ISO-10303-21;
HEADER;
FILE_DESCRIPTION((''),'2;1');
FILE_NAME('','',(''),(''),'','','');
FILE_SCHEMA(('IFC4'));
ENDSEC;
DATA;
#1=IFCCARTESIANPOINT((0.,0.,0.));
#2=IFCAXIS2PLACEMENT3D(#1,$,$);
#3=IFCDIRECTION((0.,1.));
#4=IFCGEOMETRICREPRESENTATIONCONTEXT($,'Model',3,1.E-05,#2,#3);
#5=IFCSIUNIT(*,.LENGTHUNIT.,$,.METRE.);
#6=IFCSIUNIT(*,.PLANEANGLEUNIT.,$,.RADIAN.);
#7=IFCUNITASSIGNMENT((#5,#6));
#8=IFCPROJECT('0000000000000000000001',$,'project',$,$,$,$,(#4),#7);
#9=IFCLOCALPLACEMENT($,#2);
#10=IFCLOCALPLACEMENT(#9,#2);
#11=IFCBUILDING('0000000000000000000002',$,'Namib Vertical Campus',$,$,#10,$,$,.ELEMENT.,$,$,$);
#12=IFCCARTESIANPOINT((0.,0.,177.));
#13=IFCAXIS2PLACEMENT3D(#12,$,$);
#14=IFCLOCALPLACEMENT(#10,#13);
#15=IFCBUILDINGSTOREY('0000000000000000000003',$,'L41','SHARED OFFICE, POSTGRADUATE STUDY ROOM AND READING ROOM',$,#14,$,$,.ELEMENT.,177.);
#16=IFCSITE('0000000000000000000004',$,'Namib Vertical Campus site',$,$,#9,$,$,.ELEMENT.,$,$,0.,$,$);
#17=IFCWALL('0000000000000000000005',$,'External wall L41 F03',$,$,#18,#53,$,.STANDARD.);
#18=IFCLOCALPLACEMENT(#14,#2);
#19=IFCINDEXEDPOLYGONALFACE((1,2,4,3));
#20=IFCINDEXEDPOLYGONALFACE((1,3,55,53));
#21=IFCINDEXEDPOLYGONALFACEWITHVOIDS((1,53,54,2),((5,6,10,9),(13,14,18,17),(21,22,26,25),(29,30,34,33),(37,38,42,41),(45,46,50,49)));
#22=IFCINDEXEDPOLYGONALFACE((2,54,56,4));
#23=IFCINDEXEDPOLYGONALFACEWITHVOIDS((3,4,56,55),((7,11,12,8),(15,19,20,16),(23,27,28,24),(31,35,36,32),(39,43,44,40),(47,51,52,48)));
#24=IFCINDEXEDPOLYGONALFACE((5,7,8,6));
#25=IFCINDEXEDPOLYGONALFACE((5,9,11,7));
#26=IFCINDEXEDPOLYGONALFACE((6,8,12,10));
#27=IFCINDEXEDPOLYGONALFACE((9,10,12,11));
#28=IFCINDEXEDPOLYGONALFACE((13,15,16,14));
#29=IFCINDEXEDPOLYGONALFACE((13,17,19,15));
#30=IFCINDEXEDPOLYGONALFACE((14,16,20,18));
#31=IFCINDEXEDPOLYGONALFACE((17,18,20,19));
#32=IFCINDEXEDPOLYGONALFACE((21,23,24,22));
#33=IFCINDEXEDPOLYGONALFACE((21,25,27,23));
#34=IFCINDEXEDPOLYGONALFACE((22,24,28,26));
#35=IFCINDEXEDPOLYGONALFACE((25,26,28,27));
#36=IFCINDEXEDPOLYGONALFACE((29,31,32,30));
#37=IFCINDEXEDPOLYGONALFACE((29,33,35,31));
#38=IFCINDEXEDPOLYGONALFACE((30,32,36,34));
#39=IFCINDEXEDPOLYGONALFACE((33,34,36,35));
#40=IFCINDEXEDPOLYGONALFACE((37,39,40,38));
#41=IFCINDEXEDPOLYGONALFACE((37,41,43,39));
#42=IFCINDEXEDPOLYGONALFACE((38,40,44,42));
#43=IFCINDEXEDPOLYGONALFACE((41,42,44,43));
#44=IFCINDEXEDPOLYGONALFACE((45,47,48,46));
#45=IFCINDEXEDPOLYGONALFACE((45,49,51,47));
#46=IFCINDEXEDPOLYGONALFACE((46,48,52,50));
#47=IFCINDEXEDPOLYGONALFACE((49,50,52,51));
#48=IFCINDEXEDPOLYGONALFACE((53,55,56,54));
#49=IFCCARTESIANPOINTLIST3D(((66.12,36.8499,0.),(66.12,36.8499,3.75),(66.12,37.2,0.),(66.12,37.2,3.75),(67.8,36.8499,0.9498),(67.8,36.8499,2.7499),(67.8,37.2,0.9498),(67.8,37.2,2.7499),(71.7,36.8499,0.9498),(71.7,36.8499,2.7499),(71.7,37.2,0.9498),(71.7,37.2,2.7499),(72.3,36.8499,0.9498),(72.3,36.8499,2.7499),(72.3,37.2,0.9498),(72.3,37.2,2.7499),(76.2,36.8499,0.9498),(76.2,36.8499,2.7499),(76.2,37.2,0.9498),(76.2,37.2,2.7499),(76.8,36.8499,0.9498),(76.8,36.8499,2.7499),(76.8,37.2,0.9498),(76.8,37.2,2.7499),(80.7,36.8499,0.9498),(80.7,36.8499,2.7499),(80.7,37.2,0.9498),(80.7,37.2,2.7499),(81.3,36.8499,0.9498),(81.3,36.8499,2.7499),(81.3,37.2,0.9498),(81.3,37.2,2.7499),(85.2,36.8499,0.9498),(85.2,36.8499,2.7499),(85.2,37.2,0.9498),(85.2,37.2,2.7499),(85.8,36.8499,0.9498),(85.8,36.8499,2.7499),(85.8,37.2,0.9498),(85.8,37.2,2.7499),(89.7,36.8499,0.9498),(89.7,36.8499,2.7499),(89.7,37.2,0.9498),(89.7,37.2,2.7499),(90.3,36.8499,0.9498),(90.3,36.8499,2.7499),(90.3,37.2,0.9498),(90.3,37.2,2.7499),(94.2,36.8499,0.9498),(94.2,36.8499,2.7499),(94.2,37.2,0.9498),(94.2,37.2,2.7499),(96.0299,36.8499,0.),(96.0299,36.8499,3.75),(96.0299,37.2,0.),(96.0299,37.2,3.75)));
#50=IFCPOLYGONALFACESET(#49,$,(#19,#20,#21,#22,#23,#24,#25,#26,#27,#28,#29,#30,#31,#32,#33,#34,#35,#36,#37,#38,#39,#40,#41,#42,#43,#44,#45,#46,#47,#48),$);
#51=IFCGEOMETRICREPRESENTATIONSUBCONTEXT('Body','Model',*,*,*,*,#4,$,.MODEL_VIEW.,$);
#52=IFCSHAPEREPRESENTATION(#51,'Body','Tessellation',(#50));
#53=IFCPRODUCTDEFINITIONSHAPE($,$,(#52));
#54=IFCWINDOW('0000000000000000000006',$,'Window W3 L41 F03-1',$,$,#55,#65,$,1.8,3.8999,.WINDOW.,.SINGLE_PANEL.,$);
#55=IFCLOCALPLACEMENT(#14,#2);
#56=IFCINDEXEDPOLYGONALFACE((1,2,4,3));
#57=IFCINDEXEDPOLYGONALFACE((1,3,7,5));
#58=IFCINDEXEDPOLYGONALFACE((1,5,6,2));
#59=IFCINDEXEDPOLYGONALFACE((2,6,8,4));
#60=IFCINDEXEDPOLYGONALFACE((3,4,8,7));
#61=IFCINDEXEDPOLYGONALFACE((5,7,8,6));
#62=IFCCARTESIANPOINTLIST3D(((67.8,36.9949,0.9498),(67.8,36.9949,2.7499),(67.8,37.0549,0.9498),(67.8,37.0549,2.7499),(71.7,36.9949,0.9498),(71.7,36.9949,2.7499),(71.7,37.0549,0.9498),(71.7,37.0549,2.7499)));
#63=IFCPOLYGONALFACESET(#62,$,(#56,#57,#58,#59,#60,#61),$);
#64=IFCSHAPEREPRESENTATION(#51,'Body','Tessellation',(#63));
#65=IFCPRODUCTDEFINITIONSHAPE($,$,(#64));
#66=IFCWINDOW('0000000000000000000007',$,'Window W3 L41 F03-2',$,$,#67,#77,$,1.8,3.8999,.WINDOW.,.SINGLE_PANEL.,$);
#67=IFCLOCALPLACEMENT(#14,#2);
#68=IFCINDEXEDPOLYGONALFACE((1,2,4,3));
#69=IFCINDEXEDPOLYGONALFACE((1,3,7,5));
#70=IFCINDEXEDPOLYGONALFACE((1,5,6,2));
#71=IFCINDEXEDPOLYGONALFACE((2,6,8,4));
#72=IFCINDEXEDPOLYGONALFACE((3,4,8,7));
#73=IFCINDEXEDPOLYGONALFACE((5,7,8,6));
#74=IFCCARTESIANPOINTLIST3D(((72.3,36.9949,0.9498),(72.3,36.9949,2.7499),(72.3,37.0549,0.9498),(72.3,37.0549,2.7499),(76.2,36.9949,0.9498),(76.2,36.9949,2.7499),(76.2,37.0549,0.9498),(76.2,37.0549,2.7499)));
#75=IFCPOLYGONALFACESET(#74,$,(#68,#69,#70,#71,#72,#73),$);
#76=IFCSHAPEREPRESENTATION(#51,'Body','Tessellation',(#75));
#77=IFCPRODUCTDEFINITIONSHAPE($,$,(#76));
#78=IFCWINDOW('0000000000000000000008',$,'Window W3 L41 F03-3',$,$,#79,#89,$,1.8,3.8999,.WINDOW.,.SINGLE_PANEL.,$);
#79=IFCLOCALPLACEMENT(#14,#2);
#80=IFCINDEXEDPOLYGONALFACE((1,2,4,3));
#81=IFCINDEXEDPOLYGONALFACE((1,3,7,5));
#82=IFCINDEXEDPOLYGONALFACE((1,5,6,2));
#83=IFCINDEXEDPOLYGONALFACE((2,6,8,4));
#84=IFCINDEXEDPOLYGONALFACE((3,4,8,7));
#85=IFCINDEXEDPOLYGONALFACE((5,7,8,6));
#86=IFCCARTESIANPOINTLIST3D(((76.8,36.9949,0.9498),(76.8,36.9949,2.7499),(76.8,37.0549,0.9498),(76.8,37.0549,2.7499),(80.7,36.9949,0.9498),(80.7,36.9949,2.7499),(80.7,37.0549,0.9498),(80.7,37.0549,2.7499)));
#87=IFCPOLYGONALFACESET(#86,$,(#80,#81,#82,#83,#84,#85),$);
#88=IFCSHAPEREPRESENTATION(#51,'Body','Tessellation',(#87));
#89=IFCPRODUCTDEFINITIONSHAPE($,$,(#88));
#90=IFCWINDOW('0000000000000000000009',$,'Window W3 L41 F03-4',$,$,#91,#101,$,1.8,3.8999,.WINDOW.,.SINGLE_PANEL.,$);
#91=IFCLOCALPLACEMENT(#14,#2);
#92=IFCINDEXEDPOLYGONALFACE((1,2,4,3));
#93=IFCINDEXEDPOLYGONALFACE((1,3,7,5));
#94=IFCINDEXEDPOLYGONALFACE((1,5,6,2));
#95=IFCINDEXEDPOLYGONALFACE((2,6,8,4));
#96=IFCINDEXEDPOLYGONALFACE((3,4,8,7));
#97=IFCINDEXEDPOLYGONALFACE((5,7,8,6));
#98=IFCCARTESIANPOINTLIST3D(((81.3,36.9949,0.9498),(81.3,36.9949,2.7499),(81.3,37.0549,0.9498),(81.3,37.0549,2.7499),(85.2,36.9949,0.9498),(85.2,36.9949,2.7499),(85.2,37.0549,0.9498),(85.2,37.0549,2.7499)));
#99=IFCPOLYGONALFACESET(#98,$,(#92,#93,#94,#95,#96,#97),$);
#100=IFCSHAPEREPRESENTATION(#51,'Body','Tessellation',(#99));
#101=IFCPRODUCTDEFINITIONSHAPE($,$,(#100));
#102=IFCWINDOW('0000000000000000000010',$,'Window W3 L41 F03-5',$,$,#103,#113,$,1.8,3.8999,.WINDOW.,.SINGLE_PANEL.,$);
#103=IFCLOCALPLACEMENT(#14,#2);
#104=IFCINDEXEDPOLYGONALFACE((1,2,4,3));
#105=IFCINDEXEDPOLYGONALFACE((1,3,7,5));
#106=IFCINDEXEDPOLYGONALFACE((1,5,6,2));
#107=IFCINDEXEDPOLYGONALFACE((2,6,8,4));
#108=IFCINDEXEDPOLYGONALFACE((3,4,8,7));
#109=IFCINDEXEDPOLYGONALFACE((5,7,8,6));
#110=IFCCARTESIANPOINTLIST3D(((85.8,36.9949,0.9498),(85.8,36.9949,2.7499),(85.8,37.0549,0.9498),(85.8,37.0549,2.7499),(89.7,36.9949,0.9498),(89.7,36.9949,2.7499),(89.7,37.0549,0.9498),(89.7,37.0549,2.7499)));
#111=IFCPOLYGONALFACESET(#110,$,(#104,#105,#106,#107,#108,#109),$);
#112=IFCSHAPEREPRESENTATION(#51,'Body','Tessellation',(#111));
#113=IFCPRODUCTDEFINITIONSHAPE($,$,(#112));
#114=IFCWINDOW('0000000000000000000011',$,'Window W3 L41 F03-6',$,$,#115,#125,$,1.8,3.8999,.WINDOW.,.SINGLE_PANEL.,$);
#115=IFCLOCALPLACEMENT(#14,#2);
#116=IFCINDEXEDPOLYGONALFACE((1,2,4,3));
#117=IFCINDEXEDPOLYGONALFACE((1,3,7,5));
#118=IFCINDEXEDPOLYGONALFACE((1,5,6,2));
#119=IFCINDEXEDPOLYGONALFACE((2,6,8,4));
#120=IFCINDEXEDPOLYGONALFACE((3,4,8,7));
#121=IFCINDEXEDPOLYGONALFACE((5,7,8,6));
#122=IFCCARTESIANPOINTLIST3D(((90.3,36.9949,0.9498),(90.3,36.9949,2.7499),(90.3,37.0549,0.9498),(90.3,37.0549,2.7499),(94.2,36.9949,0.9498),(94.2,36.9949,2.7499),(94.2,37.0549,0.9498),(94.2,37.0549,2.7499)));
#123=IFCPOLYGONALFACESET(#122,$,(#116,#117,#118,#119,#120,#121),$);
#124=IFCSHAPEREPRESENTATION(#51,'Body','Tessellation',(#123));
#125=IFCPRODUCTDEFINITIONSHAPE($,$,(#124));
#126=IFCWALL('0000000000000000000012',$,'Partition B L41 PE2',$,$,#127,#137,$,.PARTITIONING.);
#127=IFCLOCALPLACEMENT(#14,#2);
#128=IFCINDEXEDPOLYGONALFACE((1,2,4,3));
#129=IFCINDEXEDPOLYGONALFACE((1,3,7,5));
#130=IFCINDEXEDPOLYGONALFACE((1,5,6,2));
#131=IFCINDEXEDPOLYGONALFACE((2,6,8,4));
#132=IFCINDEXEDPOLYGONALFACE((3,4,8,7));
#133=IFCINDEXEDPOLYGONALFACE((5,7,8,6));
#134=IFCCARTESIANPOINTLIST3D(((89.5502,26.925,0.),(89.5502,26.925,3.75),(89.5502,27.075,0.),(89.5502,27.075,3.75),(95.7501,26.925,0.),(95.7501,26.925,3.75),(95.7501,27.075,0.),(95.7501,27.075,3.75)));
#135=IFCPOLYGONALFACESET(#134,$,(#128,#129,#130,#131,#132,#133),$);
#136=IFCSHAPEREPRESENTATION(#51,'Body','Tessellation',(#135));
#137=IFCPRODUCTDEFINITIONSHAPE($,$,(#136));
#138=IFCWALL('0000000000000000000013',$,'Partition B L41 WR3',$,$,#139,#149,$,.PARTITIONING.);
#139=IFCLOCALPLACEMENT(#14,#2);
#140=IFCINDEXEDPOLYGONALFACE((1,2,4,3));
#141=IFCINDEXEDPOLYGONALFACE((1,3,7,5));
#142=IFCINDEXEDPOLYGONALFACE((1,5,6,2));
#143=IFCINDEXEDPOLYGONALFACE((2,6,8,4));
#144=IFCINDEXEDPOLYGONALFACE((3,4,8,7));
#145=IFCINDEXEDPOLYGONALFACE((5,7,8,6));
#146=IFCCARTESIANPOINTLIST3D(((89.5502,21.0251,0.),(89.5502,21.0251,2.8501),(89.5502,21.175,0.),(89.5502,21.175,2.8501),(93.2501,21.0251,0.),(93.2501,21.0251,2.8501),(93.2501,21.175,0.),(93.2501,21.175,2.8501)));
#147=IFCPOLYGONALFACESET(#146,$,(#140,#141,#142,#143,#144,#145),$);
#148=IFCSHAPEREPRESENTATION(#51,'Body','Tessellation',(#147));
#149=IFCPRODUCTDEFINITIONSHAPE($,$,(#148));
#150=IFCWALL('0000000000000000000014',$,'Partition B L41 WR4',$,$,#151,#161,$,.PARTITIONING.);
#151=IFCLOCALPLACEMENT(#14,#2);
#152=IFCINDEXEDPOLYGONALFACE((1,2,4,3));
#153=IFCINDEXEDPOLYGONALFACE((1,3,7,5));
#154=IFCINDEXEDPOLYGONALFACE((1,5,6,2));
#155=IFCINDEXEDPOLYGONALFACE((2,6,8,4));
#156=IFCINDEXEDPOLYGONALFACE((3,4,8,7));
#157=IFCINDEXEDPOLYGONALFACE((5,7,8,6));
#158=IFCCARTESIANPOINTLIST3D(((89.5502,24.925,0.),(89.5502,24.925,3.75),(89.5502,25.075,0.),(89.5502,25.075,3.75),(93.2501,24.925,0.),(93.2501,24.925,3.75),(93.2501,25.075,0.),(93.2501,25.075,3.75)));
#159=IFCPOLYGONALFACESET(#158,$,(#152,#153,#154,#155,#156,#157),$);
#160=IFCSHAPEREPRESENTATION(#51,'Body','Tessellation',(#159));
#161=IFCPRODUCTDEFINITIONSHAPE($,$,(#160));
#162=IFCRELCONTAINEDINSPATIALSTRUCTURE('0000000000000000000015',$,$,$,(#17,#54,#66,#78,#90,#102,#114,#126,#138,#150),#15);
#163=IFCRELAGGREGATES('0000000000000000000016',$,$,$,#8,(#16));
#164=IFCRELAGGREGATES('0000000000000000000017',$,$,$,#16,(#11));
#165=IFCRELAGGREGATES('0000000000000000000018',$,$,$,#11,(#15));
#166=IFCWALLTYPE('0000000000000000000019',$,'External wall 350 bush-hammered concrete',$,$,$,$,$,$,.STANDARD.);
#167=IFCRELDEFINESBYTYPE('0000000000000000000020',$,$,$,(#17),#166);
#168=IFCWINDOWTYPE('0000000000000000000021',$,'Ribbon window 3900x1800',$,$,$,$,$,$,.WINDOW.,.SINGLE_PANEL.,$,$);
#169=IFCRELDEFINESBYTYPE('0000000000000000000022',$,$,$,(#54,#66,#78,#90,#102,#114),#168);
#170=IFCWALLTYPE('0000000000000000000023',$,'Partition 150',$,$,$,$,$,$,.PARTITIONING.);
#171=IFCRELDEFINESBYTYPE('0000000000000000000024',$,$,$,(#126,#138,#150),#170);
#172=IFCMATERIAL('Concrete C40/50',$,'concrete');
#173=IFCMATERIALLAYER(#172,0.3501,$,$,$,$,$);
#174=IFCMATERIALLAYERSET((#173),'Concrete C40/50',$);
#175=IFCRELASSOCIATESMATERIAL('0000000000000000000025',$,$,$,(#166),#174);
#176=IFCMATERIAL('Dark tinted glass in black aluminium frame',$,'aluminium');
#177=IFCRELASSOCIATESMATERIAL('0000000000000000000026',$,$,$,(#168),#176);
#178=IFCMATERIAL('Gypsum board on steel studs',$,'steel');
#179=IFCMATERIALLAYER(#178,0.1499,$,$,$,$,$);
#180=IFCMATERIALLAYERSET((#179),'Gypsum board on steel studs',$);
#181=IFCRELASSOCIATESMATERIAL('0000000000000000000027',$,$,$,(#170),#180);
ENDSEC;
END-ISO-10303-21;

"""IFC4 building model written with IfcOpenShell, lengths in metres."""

from ifc_helpers import new_model, si_unit, direction, frame, frame_2d, origin, place, context, subcontext, project, spatial, rectangle, extrude, material, layer, layer_set, type_object, element, fill, save


model = new_model("IFC4")

# Units and contexts
model_context = context("Model", 3, precision=1e-05, world=origin(), true_north=direction((0.0, 1.0)))
body_context = subcontext(model_context, "Body", "Model", "MODEL_VIEW")
ifc_project = project(units=[si_unit("LENGTHUNIT", "METRE"), si_unit("PLANEANGLEUNIT", "RADIAN")], contexts=[model_context])

# Site, building, storey
site_placement = place(None, origin())
site = spatial("IfcSite", under=ifc_project, at=site_placement, Name="Namib Vertical Campus site", CompositionType="ELEMENT", RefElevation=0.0)
building_placement = place(site_placement, origin())
building = spatial("IfcBuilding", under=site, at=building_placement, Name="Namib Vertical Campus", CompositionType="ELEMENT")
storey_placement = place(building_placement, frame((0.0, 0.0, 177.0)))
storey = spatial("IfcBuildingStorey", under=building, at=storey_placement, Name="L41", Description="SHARED OFFICE, POSTGRADUATE STUDY ROOM AND READING ROOM", CompositionType="ELEMENT", Elevation=177.0)

# Wall, openings, windows
ifc_material_1 = material(Name="Concrete C40/50", Category="concrete")
ifc_layer_1 = layer(ifc_material_1, 0.3501)
ifc_layer_set_1 = layer_set([ifc_layer_1], Name="Concrete C40/50")
wall_type_1 = type_object("IfcWallType", Name="External wall 350 bush-hammered concrete", PredefinedType="STANDARD", material=ifc_layer_set_1)
wall_1_placement = place(storey_placement, frame((96.03, 37.0249, 0.0), z_axis=(0.0, 0.0, 1.0), x_axis=(-1.0, 0.0, 0.0)))
wall_1 = element("IfcWall", 1, at=wall_1_placement, inside=storey, type_object=wall_type_1, Name="External wall L41 F03", PredefinedType="STANDARD", context=body_context, shape_type="SweptSolid", body=[
    extrude(rectangle(XDim=29.9099, YDim=0.3501, at=frame_2d((14.9551, 0.0))), origin(), (0.0, 0.0, 1.0), 3.75),
])
opening_1_placement = place(wall_1_placement, frame((24.3301, 0.0, 0.95)))
opening_1 = element("IfcOpeningElement", 2, at=opening_1_placement, cuts=wall_1, PredefinedType="OPENING", context=body_context, shape_type="SweptSolid", body=[
    extrude(rectangle(XDim=3.8999, YDim=1.8, at=frame_2d((1.95, 0.8999))), frame((0.0, 0.1851, 0.0), z_axis=(0.0, -1.0, 0.0), x_axis=(1.0, 0.0, 0.0)), (0.0, 0.0, 1.0), 0.3701),
])
opening_2_placement = place(wall_1_placement, frame((19.8301, 0.0, 0.95)))
opening_2 = element("IfcOpeningElement", 3, at=opening_2_placement, cuts=wall_1, PredefinedType="OPENING", context=body_context, shape_type="SweptSolid", body=[
    extrude(rectangle(XDim=3.8999, YDim=1.8, at=frame_2d((1.95, 0.8999))), frame((0.0, 0.1851, 0.0), z_axis=(0.0, -1.0, 0.0), x_axis=(1.0, 0.0, 0.0)), (0.0, 0.0, 1.0), 0.3701),
])
opening_3_placement = place(wall_1_placement, frame((15.3301, 0.0, 0.95)))
opening_3 = element("IfcOpeningElement", 4, at=opening_3_placement, cuts=wall_1, PredefinedType="OPENING", context=body_context, shape_type="SweptSolid", body=[
    extrude(rectangle(XDim=3.8999, YDim=1.8, at=frame_2d((1.95, 0.8999))), frame((0.0, 0.1851, 0.0), z_axis=(0.0, -1.0, 0.0), x_axis=(1.0, 0.0, 0.0)), (0.0, 0.0, 1.0), 0.3701),
])
opening_4_placement = place(wall_1_placement, frame((10.8301, 0.0, 0.95)))
opening_4 = element("IfcOpeningElement", 5, at=opening_4_placement, cuts=wall_1, PredefinedType="OPENING", context=body_context, shape_type="SweptSolid", body=[
    extrude(rectangle(XDim=3.8999, YDim=1.8, at=frame_2d((1.95, 0.8999))), frame((0.0, 0.1851, 0.0), z_axis=(0.0, -1.0, 0.0), x_axis=(1.0, 0.0, 0.0)), (0.0, 0.0, 1.0), 0.3701),
])
opening_5_placement = place(wall_1_placement, frame((6.3301, 0.0, 0.95)))
opening_5 = element("IfcOpeningElement", 6, at=opening_5_placement, cuts=wall_1, PredefinedType="OPENING", context=body_context, shape_type="SweptSolid", body=[
    extrude(rectangle(XDim=3.8999, YDim=1.8, at=frame_2d((1.95, 0.8999))), frame((0.0, 0.1851, 0.0), z_axis=(0.0, -1.0, 0.0), x_axis=(1.0, 0.0, 0.0)), (0.0, 0.0, 1.0), 0.3701),
])
opening_6_placement = place(wall_1_placement, frame((1.8301, 0.0, 0.95)))
opening_6 = element("IfcOpeningElement", 7, at=opening_6_placement, cuts=wall_1, PredefinedType="OPENING", context=body_context, shape_type="SweptSolid", body=[
    extrude(rectangle(XDim=3.8999, YDim=1.8, at=frame_2d((1.95, 0.8999))), frame((0.0, 0.1851, 0.0), z_axis=(0.0, -1.0, 0.0), x_axis=(1.0, 0.0, 0.0)), (0.0, 0.0, 1.0), 0.3701),
])
ifc_material_2 = material(Name="Dark tinted glass in black aluminium frame", Category="aluminium")
window_type = type_object("IfcWindowType", Name="Ribbon window 3900x1800", PartitioningType="SINGLE_PANEL", PredefinedType="WINDOW", material=ifc_material_2)
window_1_placement = place(opening_1_placement, origin())
window_1 = element("IfcWindow", 8, at=window_1_placement, inside=storey, type_object=window_type, Name="Window W3 L41 F03-1", OverallHeight=1.8, OverallWidth=3.8999, PartitioningType="SINGLE_PANEL", PredefinedType="WINDOW", context=body_context, shape_type="SweptSolid", body=[
    extrude(rectangle(XDim=3.8999, YDim=1.8, at=frame_2d((1.95, 0.8999))), frame((0.0, 0.03, 0.0), z_axis=(0.0, -1.0, 0.0), x_axis=(1.0, 0.0, 0.0)), (0.0, 0.0, 1.0), 0.0601),
])
fill(opening_1, window_1)
window_2_placement = place(opening_2_placement, origin())
window_2 = element("IfcWindow", 9, at=window_2_placement, inside=storey, type_object=window_type, Name="Window W3 L41 F03-2", OverallHeight=1.8, OverallWidth=3.8999, PartitioningType="SINGLE_PANEL", PredefinedType="WINDOW", context=body_context, shape_type="SweptSolid", body=[
    extrude(rectangle(XDim=3.8999, YDim=1.8, at=frame_2d((1.95, 0.8999))), frame((0.0, 0.03, 0.0), z_axis=(0.0, -1.0, 0.0), x_axis=(1.0, 0.0, 0.0)), (0.0, 0.0, 1.0), 0.0601),
])
fill(opening_2, window_2)
window_3_placement = place(opening_3_placement, origin())
window_3 = element("IfcWindow", 10, at=window_3_placement, inside=storey, type_object=window_type, Name="Window W3 L41 F03-3", OverallHeight=1.8, OverallWidth=3.8999, PartitioningType="SINGLE_PANEL", PredefinedType="WINDOW", context=body_context, shape_type="SweptSolid", body=[
    extrude(rectangle(XDim=3.8999, YDim=1.8, at=frame_2d((1.95, 0.8999))), frame((0.0, 0.03, 0.0), z_axis=(0.0, -1.0, 0.0), x_axis=(1.0, 0.0, 0.0)), (0.0, 0.0, 1.0), 0.0601),
])
fill(opening_3, window_3)
window_4_placement = place(opening_4_placement, origin())
window_4 = element("IfcWindow", 11, at=window_4_placement, inside=storey, type_object=window_type, Name="Window W3 L41 F03-4", OverallHeight=1.8, OverallWidth=3.8999, PartitioningType="SINGLE_PANEL", PredefinedType="WINDOW", context=body_context, shape_type="SweptSolid", body=[
    extrude(rectangle(XDim=3.8999, YDim=1.8, at=frame_2d((1.95, 0.8999))), frame((0.0, 0.03, 0.0), z_axis=(0.0, -1.0, 0.0), x_axis=(1.0, 0.0, 0.0)), (0.0, 0.0, 1.0), 0.0601),
])
fill(opening_4, window_4)
window_5_placement = place(opening_5_placement, origin())
window_5 = element("IfcWindow", 12, at=window_5_placement, inside=storey, type_object=window_type, Name="Window W3 L41 F03-5", OverallHeight=1.8, OverallWidth=3.8999, PartitioningType="SINGLE_PANEL", PredefinedType="WINDOW", context=body_context, shape_type="SweptSolid", body=[
    extrude(rectangle(XDim=3.8999, YDim=1.8, at=frame_2d((1.95, 0.8999))), frame((0.0, 0.03, 0.0), z_axis=(0.0, -1.0, 0.0), x_axis=(1.0, 0.0, 0.0)), (0.0, 0.0, 1.0), 0.0601),
])
fill(opening_5, window_5)
window_6_placement = place(opening_6_placement, origin())
window_6 = element("IfcWindow", 13, at=window_6_placement, inside=storey, type_object=window_type, Name="Window W3 L41 F03-6", OverallHeight=1.8, OverallWidth=3.8999, PartitioningType="SINGLE_PANEL", PredefinedType="WINDOW", context=body_context, shape_type="SweptSolid", body=[
    extrude(rectangle(XDim=3.8999, YDim=1.8, at=frame_2d((1.95, 0.8999))), frame((0.0, 0.03, 0.0), z_axis=(0.0, -1.0, 0.0), x_axis=(1.0, 0.0, 0.0)), (0.0, 0.0, 1.0), 0.0601),
])
fill(opening_6, window_6)

# Walls
ifc_material_3 = material(Name="Gypsum board on steel studs", Category="steel")
ifc_layer_2 = layer(ifc_material_3, 0.1499)
ifc_layer_set_2 = layer_set([ifc_layer_2], Name="Gypsum board on steel studs")
wall_type_2 = type_object("IfcWallType", Name="Partition 150", PredefinedType="PARTITIONING", material=ifc_layer_set_2)
wall_2_placement = place(storey_placement, frame((89.55, 27.0, 0.0), z_axis=(0.0, 0.0, 1.0), x_axis=(1.0, 0.0, 0.0)))
element("IfcWall", 14, at=wall_2_placement, inside=storey, type_object=wall_type_2, Name="Partition B L41 PE2", PredefinedType="PARTITIONING", context=body_context, shape_type="SweptSolid", body=[
    extrude(rectangle(XDim=6.2, YDim=0.1499, at=frame_2d((3.1001, 0.0))), origin(), (0.0, 0.0, 1.0), 3.75),
])
wall_3_placement = place(storey_placement, frame((89.55, 21.1001, 0.0), z_axis=(0.0, 0.0, 1.0), x_axis=(1.0, 0.0, 0.0)))
element("IfcWall", 15, at=wall_3_placement, inside=storey, type_object=wall_type_2, Name="Partition B L41 WR3", PredefinedType="PARTITIONING", context=body_context, shape_type="SweptSolid", body=[
    extrude(rectangle(XDim=3.7, YDim=0.1499, at=frame_2d((1.8501, 0.0))), origin(), (0.0, 0.0, 1.0), 2.8501),
])
wall_4_placement = place(storey_placement, frame((89.55, 25.0, 0.0), z_axis=(0.0, 0.0, 1.0), x_axis=(1.0, 0.0, 0.0)))
element("IfcWall", 16, at=wall_4_placement, inside=storey, type_object=wall_type_2, Name="Partition B L41 WR4", PredefinedType="PARTITIONING", context=body_context, shape_type="SweptSolid", body=[
    extrude(rectangle(XDim=3.7, YDim=0.1499, at=frame_2d((1.8501, 0.0))), origin(), (0.0, 0.0, 1.0), 3.75),
])

save(model, "model.ifc")
